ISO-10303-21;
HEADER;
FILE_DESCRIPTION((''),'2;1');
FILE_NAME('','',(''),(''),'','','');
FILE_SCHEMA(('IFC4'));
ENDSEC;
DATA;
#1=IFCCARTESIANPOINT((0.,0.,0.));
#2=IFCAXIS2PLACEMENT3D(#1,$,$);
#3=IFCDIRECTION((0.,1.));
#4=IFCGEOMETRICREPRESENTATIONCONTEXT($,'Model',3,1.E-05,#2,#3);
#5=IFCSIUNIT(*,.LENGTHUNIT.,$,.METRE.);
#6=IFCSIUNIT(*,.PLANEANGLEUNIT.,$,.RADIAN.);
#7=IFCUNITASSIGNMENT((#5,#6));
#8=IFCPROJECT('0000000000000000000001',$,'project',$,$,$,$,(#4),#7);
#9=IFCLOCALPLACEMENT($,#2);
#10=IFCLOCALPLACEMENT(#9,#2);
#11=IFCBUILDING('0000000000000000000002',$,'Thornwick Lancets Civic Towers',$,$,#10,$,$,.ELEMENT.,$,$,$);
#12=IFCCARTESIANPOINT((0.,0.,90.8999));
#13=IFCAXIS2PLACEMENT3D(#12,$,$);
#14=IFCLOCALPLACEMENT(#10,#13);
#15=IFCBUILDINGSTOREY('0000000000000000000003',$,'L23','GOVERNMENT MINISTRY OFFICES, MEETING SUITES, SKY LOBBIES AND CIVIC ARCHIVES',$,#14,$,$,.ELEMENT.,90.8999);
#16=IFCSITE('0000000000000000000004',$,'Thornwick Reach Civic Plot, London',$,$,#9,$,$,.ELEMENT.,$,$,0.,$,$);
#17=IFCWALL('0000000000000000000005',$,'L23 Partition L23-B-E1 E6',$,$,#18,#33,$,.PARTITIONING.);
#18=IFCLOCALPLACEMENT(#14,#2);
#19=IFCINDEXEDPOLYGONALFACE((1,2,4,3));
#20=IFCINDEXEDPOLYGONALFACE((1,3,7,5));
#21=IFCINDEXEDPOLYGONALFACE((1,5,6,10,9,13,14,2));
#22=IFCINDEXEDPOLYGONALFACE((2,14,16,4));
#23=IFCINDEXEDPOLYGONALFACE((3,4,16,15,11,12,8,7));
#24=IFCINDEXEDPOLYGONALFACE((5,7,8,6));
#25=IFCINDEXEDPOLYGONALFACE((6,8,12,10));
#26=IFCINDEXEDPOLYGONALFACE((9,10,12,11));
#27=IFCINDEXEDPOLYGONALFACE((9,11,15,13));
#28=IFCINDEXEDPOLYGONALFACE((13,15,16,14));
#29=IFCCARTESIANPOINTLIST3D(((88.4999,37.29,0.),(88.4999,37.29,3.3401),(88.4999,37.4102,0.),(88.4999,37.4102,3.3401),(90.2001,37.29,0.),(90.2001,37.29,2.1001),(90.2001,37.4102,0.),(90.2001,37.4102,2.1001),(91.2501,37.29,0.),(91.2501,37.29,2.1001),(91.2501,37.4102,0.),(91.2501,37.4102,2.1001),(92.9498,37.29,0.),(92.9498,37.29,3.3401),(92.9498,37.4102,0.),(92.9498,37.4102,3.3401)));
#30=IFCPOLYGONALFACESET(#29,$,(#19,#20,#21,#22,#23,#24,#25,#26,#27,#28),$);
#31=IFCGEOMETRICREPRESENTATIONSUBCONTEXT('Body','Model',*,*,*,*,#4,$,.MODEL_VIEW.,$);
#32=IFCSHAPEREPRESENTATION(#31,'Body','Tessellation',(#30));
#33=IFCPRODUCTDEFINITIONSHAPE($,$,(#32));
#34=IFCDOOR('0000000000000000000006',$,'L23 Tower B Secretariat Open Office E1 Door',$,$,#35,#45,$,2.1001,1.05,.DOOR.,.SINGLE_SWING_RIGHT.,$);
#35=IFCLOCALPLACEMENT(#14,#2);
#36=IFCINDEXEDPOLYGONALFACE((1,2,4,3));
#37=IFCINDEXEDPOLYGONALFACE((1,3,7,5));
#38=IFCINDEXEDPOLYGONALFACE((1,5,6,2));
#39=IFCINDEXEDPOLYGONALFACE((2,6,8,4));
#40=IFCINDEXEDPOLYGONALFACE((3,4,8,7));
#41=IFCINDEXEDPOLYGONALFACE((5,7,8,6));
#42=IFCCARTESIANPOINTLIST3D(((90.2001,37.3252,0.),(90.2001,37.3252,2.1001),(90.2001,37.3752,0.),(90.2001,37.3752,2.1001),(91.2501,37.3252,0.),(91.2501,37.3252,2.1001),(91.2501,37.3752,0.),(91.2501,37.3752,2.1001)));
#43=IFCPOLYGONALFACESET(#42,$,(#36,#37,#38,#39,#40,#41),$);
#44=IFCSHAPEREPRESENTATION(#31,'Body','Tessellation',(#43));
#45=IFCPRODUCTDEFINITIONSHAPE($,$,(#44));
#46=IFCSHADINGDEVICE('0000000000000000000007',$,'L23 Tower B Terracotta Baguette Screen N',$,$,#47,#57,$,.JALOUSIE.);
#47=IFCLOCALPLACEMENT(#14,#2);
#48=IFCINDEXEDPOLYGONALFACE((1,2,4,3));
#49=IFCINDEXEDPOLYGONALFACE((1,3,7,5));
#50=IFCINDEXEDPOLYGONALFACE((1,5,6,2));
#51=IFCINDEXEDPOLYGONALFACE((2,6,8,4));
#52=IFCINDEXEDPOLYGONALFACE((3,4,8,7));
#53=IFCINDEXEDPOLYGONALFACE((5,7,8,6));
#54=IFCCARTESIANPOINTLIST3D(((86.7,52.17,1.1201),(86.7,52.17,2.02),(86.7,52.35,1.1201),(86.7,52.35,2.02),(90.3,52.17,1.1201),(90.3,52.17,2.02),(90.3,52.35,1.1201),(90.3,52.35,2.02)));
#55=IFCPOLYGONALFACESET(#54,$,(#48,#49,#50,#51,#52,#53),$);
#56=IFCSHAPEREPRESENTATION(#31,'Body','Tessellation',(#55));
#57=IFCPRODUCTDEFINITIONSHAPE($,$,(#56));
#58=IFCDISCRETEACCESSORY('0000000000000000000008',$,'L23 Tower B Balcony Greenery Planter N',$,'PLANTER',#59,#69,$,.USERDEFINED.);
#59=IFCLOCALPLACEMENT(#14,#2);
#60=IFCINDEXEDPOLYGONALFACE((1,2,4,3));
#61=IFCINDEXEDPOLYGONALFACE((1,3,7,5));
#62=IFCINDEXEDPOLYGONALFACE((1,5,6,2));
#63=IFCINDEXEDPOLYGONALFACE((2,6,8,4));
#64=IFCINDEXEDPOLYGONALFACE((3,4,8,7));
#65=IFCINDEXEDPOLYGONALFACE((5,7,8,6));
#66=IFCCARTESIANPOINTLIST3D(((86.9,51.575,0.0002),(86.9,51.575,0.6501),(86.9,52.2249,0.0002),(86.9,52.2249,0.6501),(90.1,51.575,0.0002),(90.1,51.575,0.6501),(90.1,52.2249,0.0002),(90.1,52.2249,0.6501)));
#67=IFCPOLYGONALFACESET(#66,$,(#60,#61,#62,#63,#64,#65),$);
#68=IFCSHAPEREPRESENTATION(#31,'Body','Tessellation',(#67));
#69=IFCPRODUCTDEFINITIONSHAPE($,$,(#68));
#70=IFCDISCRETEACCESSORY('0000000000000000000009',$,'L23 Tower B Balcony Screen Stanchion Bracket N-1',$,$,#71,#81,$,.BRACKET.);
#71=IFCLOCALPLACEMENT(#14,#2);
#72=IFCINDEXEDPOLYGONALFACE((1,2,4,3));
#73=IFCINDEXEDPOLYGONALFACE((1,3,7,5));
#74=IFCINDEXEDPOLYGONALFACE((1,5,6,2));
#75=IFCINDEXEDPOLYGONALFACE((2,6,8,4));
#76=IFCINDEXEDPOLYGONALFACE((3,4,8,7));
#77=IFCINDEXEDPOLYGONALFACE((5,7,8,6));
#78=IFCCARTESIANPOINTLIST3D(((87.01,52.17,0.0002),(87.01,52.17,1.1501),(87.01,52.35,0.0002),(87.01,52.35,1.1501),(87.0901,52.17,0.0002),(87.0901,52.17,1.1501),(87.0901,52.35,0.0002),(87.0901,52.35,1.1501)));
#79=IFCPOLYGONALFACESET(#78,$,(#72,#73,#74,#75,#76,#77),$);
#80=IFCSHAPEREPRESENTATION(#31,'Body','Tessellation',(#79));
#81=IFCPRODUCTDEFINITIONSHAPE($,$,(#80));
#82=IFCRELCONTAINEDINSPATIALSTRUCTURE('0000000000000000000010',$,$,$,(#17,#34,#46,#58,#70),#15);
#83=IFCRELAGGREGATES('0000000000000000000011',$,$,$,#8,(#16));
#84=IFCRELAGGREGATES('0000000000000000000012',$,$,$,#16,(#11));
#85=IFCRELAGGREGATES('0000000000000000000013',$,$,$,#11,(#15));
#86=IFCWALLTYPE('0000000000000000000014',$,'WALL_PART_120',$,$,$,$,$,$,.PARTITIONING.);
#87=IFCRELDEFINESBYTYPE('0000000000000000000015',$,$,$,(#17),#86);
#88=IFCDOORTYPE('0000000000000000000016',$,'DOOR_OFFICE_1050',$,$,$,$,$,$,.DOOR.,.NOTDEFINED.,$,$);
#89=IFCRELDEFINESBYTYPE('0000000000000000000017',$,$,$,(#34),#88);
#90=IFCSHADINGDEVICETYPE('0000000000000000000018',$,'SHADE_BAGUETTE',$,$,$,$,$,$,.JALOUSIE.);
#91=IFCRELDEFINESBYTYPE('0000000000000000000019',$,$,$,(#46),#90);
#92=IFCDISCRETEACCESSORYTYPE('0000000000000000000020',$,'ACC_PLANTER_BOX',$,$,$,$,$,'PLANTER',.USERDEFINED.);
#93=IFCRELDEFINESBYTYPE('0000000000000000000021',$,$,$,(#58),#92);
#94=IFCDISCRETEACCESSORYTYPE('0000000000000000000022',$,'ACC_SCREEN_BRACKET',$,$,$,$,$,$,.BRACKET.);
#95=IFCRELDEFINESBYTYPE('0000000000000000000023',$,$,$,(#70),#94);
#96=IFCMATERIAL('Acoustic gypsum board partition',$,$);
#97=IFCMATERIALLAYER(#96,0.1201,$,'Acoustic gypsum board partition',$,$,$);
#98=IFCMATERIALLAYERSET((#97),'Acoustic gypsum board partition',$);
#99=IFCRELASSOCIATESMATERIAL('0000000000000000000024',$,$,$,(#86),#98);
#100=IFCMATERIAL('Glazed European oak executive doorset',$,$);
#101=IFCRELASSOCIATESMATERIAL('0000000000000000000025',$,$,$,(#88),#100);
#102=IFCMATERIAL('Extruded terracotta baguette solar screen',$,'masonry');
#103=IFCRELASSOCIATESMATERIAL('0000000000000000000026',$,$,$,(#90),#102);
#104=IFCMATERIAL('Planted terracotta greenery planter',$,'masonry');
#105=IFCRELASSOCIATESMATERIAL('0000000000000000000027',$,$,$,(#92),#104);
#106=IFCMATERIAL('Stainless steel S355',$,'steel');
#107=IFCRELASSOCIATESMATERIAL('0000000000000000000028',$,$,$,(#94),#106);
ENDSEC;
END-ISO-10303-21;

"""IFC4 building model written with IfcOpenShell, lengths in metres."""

from ifc_helpers import new_model, si_unit, direction, frame, frame_2d, origin, origin_2d, place, context, subcontext, project, spatial, rectangle, extrude, material, layer, layer_set, type_object, element, fill, save


model = new_model("IFC4")

# Units and contexts
model_context = context("Model", 3, precision=1e-05, world=origin(), true_north=direction((0.0, 1.0)))
body_context = subcontext(model_context, "Body", "Model", "MODEL_VIEW")
ifc_project = project(units=[si_unit("LENGTHUNIT", "METRE"), si_unit("PLANEANGLEUNIT", "RADIAN")], contexts=[model_context])

# Site, building, storey
site_placement = place(None, origin())
site = spatial("IfcSite", under=ifc_project, at=site_placement, Name="Thornwick Reach Civic Plot, London", CompositionType="ELEMENT", RefElevation=0.0)
building_placement = place(site_placement, origin())
building = spatial("IfcBuilding", under=site, at=building_placement, Name="Thornwick Lancets Civic Towers", CompositionType="ELEMENT")
storey_placement = place(building_placement, frame((0.0, 0.0, 90.8999)))
storey = spatial("IfcBuildingStorey", under=building, at=storey_placement, Name="L23", Description="GOVERNMENT MINISTRY OFFICES, MEETING SUITES, SKY LOBBIES AND CIVIC ARCHIVES", CompositionType="ELEMENT", Elevation=90.8999)

# Shared definitions
ifc_material_1 = material(Name="Acoustic gypsum board partition")
ifc_layer_1 = layer(ifc_material_1, 0.1201, Name="Acoustic gypsum board partition")
ifc_layer_set_1 = layer_set([ifc_layer_1], Name="Acoustic gypsum board partition")
wall_type_1 = type_object("IfcWallType", Name="WALL_PART_120", PredefinedType="PARTITIONING", material=ifc_layer_set_1)

# Wall, opening, door
wall_1_placement = place(storey_placement, frame((92.95, 37.3501, 0.0), z_axis=(0.0, 0.0, 1.0), x_axis=(-1.0, 0.0, 0.0)))
wall_1 = element("IfcWall", 1, at=wall_1_placement, inside=storey, type_object=wall_type_1, Name="L23 Partition L23-B-E1 E6", PredefinedType="PARTITIONING", context=body_context, shape_type="SweptSolid", body=[
    extrude(rectangle(XDim=4.45, YDim=0.1201, at=frame_2d((2.2251, 0.0))), origin(), (0.0, 0.0, 1.0), 3.3401),
])
opening_1_placement = place(wall_1_placement, frame((1.7, 0.0, 0.0)))
opening_1 = element("IfcOpeningElement", 2, at=opening_1_placement, cuts=wall_1, PredefinedType="OPENING", context=body_context, shape_type="SweptSolid", body=[
    extrude(rectangle(XDim=1.05, YDim=2.1001, at=frame_2d((0.5249, 1.05))), frame((0.0, 0.0701, 0.0), z_axis=(0.0, -1.0, 0.0), x_axis=(1.0, 0.0, 0.0)), (0.0, 0.0, 1.0), 0.1401),
])
ifc_material_2 = material(Name="Glazed European oak executive doorset")
door_type_1 = type_object("IfcDoorType", Name="DOOR_OFFICE_1050", OperationType="NOTDEFINED", PredefinedType="DOOR", material=ifc_material_2)
door_1_placement = place(opening_1_placement, origin())
door_1 = element("IfcDoor", 3, at=door_1_placement, inside=storey, type_object=door_type_1, Name="L23 Tower B Secretariat Open Office E1 Door", OperationType="SINGLE_SWING_RIGHT", OverallHeight=2.1001, OverallWidth=1.05, PredefinedType="DOOR", context=body_context, shape_type="SweptSolid", body=[
    extrude(rectangle(XDim=1.05, YDim=2.1001, at=frame_2d((0.5249, 1.05))), frame((0.0, 0.0249, 0.0), z_axis=(0.0, -1.0, 0.0), x_axis=(1.0, 0.0, 0.0)), (0.0, 0.0, 1.0), 0.05),
])
fill(opening_1, door_1)

# Shading device
ifc_material_3 = material(Name="Extruded terracotta baguette solar screen", Category="masonry")
shading_device_type = type_object("IfcShadingDeviceType", Name="SHADE_BAGUETTE", PredefinedType="JALOUSIE", material=ifc_material_3)
shading_device_placement = place(storey_placement, frame((88.5, 52.26, 1.1201), z_axis=(0.0, 0.0, 1.0), x_axis=(1.0, 0.0, 0.0)))
element("IfcShadingDevice", 4, at=shading_device_placement, inside=storey, type_object=shading_device_type, Name="L23 Tower B Terracotta Baguette Screen N", PredefinedType="JALOUSIE", context=body_context, shape_type="SweptSolid", body=[
    extrude(rectangle(XDim=3.6001, YDim=0.1799, at=origin_2d()), origin(), (0.0, 0.0, 1.0), 0.8999),
])

# Discrete accessories
ifc_material_4 = material(Name="Planted terracotta greenery planter", Category="masonry")
discrete_accessory_type_1 = type_object("IfcDiscreteAccessoryType", Name="ACC_PLANTER_BOX", ElementType="PLANTER", PredefinedType="USERDEFINED", material=ifc_material_4)
discrete_accessory_1_placement = place(storey_placement, frame((88.5, 51.8999, 0.0002), z_axis=(0.0, 0.0, 1.0), x_axis=(1.0, 0.0, 0.0)))
element("IfcDiscreteAccessory", 5, at=discrete_accessory_1_placement, inside=storey, type_object=discrete_accessory_type_1, Name="L23 Tower B Balcony Greenery Planter N", ObjectType="PLANTER", PredefinedType="USERDEFINED", context=body_context, shape_type="SweptSolid", body=[
    extrude(rectangle(XDim=3.2, YDim=0.6499, at=origin_2d()), origin(), (0.0, 0.0, 1.0), 0.6499),
])
ifc_material_5 = material(Name="Stainless steel S355", Category="steel")
discrete_accessory_type_2 = type_object("IfcDiscreteAccessoryType", Name="ACC_SCREEN_BRACKET", PredefinedType="BRACKET", material=ifc_material_5)
discrete_accessory_2_placement = place(storey_placement, frame((87.05, 52.26, 0.0002), z_axis=(0.0, 0.0, 1.0), x_axis=(1.0, 0.0, 0.0)))
element("IfcDiscreteAccessory", 6, at=discrete_accessory_2_placement, inside=storey, type_object=discrete_accessory_type_2, Name="L23 Tower B Balcony Screen Stanchion Bracket N-1", PredefinedType="BRACKET", context=body_context, shape_type="SweptSolid", body=[
    extrude(rectangle(XDim=0.0801, YDim=0.1799, at=origin_2d()), origin(), (0.0, 0.0, 1.0), 1.1499),
])

save(model, "model.ifc")
